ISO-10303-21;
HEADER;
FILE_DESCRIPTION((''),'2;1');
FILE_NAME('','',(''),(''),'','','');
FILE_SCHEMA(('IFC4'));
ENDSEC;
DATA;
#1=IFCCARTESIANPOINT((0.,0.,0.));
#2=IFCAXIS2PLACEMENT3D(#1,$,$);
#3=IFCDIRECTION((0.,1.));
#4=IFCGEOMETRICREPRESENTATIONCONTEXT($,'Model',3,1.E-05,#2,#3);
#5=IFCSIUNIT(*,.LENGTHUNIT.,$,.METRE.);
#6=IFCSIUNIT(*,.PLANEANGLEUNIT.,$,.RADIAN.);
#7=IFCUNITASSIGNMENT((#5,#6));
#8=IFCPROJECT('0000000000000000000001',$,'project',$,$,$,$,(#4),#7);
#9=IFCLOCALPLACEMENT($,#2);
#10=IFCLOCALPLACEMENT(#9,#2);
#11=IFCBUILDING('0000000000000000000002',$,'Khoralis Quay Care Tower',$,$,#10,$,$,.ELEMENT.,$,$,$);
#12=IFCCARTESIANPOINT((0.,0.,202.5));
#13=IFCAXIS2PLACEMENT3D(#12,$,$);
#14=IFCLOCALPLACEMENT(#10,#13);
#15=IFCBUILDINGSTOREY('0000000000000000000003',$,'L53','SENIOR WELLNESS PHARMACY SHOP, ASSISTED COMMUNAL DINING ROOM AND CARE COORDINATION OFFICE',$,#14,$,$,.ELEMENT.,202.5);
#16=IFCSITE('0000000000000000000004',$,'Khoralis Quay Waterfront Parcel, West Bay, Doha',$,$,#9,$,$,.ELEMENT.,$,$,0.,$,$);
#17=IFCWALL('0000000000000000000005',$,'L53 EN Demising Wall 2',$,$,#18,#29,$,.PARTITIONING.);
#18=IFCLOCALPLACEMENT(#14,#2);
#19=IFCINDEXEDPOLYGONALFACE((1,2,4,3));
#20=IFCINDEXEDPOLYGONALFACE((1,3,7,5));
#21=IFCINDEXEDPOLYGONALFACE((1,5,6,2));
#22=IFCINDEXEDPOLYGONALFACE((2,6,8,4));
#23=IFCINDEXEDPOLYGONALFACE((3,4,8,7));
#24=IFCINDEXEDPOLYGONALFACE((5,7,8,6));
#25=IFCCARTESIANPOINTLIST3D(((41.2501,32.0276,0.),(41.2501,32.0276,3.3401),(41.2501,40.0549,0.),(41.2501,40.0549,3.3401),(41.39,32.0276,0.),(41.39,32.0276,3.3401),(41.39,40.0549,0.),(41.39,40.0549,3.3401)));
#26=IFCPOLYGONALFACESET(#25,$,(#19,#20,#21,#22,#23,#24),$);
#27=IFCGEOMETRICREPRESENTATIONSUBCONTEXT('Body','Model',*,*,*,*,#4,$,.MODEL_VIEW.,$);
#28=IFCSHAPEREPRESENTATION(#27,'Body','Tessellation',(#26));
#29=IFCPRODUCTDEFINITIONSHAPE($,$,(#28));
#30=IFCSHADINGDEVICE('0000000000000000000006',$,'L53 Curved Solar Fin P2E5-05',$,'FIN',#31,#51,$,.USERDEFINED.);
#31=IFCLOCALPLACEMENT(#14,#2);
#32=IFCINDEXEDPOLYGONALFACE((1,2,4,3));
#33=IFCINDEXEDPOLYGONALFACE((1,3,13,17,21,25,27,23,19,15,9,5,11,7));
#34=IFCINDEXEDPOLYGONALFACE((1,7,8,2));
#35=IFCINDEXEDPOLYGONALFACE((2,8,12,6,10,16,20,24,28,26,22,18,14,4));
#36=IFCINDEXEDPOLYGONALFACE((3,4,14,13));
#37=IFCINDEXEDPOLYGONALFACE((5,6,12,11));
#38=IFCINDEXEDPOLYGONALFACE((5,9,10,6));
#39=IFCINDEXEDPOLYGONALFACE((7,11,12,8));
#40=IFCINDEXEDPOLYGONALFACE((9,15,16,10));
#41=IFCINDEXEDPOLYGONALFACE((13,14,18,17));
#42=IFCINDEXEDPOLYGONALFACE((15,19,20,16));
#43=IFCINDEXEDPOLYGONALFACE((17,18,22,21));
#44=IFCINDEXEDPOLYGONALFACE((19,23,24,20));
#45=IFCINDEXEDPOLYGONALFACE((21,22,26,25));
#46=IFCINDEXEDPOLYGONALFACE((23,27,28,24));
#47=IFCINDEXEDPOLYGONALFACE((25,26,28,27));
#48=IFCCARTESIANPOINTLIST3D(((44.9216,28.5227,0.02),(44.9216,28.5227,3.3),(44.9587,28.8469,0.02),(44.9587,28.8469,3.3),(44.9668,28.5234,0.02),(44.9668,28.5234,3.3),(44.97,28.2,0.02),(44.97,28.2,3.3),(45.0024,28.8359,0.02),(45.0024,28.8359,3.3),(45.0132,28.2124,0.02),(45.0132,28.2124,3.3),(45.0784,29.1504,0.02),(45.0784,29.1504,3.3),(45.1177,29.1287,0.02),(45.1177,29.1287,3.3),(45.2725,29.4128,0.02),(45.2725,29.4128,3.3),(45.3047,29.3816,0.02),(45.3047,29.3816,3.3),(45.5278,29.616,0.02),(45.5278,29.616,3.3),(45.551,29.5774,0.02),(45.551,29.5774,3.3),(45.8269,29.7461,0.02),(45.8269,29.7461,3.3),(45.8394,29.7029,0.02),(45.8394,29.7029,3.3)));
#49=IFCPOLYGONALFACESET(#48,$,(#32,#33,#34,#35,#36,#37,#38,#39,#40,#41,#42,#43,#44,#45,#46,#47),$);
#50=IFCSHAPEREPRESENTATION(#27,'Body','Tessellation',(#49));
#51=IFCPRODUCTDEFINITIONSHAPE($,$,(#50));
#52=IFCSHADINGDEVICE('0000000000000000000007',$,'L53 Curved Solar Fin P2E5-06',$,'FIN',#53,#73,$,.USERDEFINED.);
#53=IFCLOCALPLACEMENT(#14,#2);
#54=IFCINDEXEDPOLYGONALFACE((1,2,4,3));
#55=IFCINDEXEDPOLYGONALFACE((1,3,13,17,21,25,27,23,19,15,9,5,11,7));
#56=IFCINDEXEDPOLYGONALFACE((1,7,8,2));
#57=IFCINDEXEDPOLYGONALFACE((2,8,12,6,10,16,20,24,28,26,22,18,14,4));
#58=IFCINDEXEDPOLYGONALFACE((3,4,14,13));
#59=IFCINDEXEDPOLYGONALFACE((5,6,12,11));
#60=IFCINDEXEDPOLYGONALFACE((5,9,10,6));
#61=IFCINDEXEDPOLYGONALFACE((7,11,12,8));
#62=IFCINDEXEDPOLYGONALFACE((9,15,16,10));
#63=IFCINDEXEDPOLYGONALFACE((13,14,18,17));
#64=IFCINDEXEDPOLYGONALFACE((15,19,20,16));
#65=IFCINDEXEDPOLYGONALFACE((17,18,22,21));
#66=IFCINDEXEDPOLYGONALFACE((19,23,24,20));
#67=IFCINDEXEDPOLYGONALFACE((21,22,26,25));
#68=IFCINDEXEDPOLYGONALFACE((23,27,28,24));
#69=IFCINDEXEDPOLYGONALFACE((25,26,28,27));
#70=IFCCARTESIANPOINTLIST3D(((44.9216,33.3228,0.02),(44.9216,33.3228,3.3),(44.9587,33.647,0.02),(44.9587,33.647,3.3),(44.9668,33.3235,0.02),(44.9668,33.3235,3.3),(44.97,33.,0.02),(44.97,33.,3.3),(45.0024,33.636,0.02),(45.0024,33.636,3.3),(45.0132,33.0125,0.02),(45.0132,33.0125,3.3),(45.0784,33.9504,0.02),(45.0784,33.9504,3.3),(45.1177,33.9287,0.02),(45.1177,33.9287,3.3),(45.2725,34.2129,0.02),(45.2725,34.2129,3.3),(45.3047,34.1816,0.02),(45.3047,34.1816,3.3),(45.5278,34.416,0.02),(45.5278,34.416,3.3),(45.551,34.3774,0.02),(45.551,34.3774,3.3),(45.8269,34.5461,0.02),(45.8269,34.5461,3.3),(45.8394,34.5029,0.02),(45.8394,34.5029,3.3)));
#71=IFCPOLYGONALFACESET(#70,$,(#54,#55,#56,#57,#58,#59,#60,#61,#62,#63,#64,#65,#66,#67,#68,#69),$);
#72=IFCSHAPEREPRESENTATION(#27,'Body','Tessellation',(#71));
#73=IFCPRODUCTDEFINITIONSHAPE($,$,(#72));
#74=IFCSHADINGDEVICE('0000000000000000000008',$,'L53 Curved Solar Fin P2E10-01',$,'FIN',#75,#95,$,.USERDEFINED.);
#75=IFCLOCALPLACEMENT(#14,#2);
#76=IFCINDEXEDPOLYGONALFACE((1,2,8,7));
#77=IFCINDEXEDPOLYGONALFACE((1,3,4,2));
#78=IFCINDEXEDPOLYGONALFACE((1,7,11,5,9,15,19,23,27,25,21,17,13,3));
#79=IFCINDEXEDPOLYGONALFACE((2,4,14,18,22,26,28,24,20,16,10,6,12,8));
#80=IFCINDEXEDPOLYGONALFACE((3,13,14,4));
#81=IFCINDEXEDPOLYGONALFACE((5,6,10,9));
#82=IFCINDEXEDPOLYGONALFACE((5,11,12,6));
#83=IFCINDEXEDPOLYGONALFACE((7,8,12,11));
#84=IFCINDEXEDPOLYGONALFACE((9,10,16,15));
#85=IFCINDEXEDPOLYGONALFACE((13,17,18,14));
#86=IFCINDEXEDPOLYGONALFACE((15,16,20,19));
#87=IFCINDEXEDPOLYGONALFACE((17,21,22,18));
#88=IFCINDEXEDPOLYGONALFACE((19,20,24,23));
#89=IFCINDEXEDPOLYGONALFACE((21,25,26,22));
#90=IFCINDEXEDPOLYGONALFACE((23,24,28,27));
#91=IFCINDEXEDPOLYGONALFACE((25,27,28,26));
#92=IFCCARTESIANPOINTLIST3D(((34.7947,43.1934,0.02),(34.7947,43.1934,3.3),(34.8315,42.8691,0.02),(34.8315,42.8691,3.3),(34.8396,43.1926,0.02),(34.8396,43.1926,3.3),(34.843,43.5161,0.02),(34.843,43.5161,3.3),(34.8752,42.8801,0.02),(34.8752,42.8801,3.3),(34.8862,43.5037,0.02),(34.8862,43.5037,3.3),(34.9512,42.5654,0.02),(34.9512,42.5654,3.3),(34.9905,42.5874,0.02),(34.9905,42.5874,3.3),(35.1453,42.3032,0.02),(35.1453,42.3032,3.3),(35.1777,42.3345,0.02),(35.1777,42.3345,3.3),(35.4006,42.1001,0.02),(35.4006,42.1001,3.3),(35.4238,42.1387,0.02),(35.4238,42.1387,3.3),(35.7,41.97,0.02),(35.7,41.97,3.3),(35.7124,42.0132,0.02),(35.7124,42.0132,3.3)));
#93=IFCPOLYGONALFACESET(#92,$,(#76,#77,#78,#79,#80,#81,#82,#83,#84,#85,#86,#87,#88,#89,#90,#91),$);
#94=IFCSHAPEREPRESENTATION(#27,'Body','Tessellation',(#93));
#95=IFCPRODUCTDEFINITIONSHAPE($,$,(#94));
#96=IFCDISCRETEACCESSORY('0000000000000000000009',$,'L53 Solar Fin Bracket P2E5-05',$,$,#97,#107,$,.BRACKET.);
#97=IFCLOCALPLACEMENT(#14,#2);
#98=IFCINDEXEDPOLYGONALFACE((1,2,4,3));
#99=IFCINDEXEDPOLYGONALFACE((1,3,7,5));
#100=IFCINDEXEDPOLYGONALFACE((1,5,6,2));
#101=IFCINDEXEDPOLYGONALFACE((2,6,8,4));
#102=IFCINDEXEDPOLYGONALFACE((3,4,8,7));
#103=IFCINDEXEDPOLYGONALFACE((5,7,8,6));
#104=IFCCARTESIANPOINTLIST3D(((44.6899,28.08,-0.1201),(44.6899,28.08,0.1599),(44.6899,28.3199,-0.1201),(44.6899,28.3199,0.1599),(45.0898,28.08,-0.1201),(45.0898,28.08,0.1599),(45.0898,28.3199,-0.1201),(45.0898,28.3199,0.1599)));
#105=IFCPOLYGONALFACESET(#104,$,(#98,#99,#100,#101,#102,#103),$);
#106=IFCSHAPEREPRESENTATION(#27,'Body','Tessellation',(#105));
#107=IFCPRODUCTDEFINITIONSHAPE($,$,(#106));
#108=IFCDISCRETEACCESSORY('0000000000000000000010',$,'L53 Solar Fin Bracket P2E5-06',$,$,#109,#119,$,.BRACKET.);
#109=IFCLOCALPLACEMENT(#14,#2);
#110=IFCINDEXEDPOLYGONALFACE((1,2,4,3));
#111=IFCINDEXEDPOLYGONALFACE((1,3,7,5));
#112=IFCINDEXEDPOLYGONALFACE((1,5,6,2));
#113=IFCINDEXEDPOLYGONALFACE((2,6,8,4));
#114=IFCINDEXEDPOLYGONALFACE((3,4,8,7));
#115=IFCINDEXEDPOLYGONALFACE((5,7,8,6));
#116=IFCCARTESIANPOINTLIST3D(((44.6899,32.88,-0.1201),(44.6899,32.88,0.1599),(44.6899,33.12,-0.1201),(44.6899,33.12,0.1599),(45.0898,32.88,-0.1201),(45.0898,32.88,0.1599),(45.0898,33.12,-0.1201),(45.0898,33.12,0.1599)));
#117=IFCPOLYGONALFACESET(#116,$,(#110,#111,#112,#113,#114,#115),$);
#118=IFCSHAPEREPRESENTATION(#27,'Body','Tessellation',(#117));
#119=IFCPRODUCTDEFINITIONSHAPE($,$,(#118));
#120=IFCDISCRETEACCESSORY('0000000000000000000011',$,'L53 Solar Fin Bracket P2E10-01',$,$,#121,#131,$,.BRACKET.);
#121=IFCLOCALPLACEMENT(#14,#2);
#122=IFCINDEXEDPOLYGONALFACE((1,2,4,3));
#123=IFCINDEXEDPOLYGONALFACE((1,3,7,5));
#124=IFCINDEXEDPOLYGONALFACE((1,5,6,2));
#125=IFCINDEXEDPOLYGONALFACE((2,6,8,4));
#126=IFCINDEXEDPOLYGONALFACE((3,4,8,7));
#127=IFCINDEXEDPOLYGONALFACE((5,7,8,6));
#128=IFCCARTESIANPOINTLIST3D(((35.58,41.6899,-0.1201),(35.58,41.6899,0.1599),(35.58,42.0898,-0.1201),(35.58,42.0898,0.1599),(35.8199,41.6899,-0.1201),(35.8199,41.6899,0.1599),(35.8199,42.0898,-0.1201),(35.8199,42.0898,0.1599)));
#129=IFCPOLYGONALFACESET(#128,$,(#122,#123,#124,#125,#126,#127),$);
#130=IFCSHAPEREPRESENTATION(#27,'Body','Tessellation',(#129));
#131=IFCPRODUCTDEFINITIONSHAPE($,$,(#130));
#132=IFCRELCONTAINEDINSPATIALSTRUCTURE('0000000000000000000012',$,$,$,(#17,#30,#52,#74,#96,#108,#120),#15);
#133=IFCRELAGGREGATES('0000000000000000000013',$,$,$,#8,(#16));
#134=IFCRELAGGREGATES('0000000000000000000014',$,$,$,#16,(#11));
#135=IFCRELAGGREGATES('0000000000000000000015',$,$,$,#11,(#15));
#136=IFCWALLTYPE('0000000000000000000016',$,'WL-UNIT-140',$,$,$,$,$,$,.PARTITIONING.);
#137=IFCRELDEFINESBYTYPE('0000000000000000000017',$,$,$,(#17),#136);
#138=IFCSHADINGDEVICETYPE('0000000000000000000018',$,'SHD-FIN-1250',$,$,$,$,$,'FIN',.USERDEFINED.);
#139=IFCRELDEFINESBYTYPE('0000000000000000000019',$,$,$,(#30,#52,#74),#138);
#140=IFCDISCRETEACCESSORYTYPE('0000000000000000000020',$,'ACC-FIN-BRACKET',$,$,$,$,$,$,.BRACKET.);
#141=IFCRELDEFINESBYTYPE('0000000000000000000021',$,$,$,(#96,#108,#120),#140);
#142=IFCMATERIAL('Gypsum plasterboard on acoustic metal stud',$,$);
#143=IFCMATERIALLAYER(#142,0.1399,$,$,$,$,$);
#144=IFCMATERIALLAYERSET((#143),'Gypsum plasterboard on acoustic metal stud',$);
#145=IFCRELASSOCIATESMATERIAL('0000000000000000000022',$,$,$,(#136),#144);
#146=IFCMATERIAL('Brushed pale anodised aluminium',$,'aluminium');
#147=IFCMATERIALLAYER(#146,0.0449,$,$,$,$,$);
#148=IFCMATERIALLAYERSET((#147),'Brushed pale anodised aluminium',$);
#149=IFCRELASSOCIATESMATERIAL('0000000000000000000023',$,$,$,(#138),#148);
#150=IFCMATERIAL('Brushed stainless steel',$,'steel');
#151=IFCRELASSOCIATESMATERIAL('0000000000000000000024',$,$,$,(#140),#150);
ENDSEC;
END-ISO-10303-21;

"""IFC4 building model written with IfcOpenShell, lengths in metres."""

from ifc_helpers import new_model, si_unit, direction, frame, frame_2d, origin, origin_2d, place, context, subcontext, project, spatial, polyline, rectangle, outline, extrude, source, transform, mapped, material, layer, layer_set, type_object, element, save


model = new_model("IFC4")

# Units and contexts
model_context = context("Model", 3, precision=1e-05, world=origin(), true_north=direction((0.0, 1.0)))
body_context = subcontext(model_context, "Body", "Model", "MODEL_VIEW")
ifc_project = project(units=[si_unit("LENGTHUNIT", "METRE"), si_unit("PLANEANGLEUNIT", "RADIAN")], contexts=[model_context])

# Site, building, storey
site_placement = place(None, origin())
site = spatial("IfcSite", under=ifc_project, at=site_placement, Name="Khoralis Quay Waterfront Parcel, West Bay, Doha", CompositionType="ELEMENT", RefElevation=0.0)
building_placement = place(site_placement, origin())
building = spatial("IfcBuilding", under=site, at=building_placement, Name="Khoralis Quay Care Tower", CompositionType="ELEMENT")
storey_placement = place(building_placement, frame((0.0, 0.0, 202.5)))
storey = spatial("IfcBuildingStorey", under=building, at=storey_placement, Name="L53", Description="SENIOR WELLNESS PHARMACY SHOP, ASSISTED COMMUNAL DINING ROOM AND CARE COORDINATION OFFICE", CompositionType="ELEMENT", Elevation=202.5)

# Shared definitions
ifc_material_1 = material(Name="Gypsum plasterboard on acoustic metal stud")

# Wall
ifc_layer_1 = layer(ifc_material_1, 0.1399)
ifc_layer_set_1 = layer_set([ifc_layer_1], Name="Gypsum plasterboard on acoustic metal stud")
wall_type_1 = type_object("IfcWallType", Name="WL-UNIT-140", PredefinedType="PARTITIONING", material=ifc_layer_set_1)
wall_1_placement = place(storey_placement, frame((41.3201, 32.0276, 0.0), z_axis=(0.0, 0.0, 1.0), x_axis=(0.0, 1.0, 0.0)))
element("IfcWall", 1, at=wall_1_placement, inside=storey, type_object=wall_type_1, Name="L53 EN Demising Wall 2", PredefinedType="PARTITIONING", context=body_context, shape_type="SweptSolid", body=[
    extrude(rectangle(XDim=8.0273, YDim=0.1399, at=frame_2d((4.0137, 0.0))), origin(), (0.0, 0.0, 1.0), 3.3401),
])

# Shading devices
ifc_material_2 = material(Name="Brushed pale anodised aluminium", Category="aluminium")
ifc_layer_2 = layer(ifc_material_2, 0.0449)
ifc_layer_set_2 = layer_set([ifc_layer_2], Name="Brushed pale anodised aluminium")
shading_device_type = type_object("IfcShadingDeviceType", Name="SHD-FIN-1250", ElementType="FIN", PredefinedType="USERDEFINED", material=ifc_layer_set_2)
shared_shape_1 = source(origin(), body_context, "Body", "SweptSolid", [
    extrude(outline(polyline([(0.0, 0.0), (-0.0483, 0.3228), (-0.0112, 0.647), (0.1084, 0.9504), (0.3025, 1.2129), (0.5579, 1.416), (0.8569, 1.5461), (0.8694, 1.5029), (0.5811, 1.3774), (0.3347, 1.1816), (0.1477, 0.9287), (0.0325, 0.636), (-0.0032, 0.3235), (0.0432, 0.0125), (0.0, 0.0)])), origin(), (0.0, 0.0, 1.0), 3.28),
])
for number, where, z_axis, x_axis, name in (
    (2, (44.97, 28.2, 0.02), (0.0, 0.0, 1.0), (1.0, 0.0, 0.0), "L53 Curved Solar Fin P2E5-05"),
    (3, (44.97, 33.0, 0.02), (0.0, 0.0, 1.0), (1.0, 0.0, 0.0), "L53 Curved Solar Fin P2E5-06"),
):
    element("IfcShadingDevice", number, at=place(storey_placement, frame(where, z_axis=z_axis, x_axis=x_axis)), inside=storey, type_object=shading_device_type, Name=name, ObjectType="FIN", PredefinedType="USERDEFINED", context=body_context, shape_type="MappedRepresentation", body=[
        mapped(shared_shape_1, transform((0.0, 0.0, 0.0), scale=1.0)),
    ])
shared_shape_2 = source(origin(), body_context, "Body", "SweptSolid", [
    extrude(outline(polyline([(0.0, 0.0), (0.1301, 0.2993), (0.3333, 0.5547), (0.5955, 0.7488), (0.8992, 0.8684), (1.2234, 0.9053), (1.5461, 0.8569), (1.5337, 0.8137), (1.2227, 0.8604), (0.9102, 0.8247), (0.6174, 0.7095), (0.3645, 0.5222), (0.1687, 0.2761), (0.0432, -0.0125), (0.0, 0.0)])), origin(), (0.0, 0.0, 1.0), 3.28),
])
shading_device_placement = place(storey_placement, frame((35.7, 41.97, 0.02), z_axis=(0.0, 0.0, 1.0), x_axis=(0.0, 1.0, 0.0)))
element("IfcShadingDevice", 4, at=shading_device_placement, inside=storey, type_object=shading_device_type, Name="L53 Curved Solar Fin P2E10-01", ObjectType="FIN", PredefinedType="USERDEFINED", context=body_context, shape_type="MappedRepresentation", body=[
    mapped(shared_shape_2, transform((0.0, 0.0, 0.0), scale=1.0)),
])

# Discrete accessories
ifc_material_3 = material(Name="Brushed stainless steel", Category="steel")
discrete_accessory_type = type_object("IfcDiscreteAccessoryType", Name="ACC-FIN-BRACKET", PredefinedType="BRACKET", material=ifc_material_3)
shared_shape_3 = source(origin(), body_context, "Body", "SweptSolid", [
    extrude(rectangle(XDim=0.3999, YDim=0.24, at=origin_2d()), origin(), (0.0, 0.0, 1.0), 0.28),
])
for number, where, z_axis, x_axis, name in (
    (5, (44.8899, 28.2, -0.1201), (0.0, 0.0, 1.0), (1.0, 0.0, 0.0), "L53 Solar Fin Bracket P2E5-05"),
    (6, (44.8899, 33.0, -0.1201), (0.0, 0.0, 1.0), (1.0, 0.0, 0.0), "L53 Solar Fin Bracket P2E5-06"),
    (7, (35.7, 41.8899, -0.1201), (0.0, 0.0, 1.0), (0.0, 1.0, 0.0), "L53 Solar Fin Bracket P2E10-01"),
):
    element("IfcDiscreteAccessory", number, at=place(storey_placement, frame(where, z_axis=z_axis, x_axis=x_axis)), inside=storey, type_object=discrete_accessory_type, Name=name, PredefinedType="BRACKET", context=body_context, shape_type="MappedRepresentation", body=[
        mapped(shared_shape_3, transform((0.0, 0.0, 0.0), scale=1.0)),
    ])

save(model, "model.ifc")
